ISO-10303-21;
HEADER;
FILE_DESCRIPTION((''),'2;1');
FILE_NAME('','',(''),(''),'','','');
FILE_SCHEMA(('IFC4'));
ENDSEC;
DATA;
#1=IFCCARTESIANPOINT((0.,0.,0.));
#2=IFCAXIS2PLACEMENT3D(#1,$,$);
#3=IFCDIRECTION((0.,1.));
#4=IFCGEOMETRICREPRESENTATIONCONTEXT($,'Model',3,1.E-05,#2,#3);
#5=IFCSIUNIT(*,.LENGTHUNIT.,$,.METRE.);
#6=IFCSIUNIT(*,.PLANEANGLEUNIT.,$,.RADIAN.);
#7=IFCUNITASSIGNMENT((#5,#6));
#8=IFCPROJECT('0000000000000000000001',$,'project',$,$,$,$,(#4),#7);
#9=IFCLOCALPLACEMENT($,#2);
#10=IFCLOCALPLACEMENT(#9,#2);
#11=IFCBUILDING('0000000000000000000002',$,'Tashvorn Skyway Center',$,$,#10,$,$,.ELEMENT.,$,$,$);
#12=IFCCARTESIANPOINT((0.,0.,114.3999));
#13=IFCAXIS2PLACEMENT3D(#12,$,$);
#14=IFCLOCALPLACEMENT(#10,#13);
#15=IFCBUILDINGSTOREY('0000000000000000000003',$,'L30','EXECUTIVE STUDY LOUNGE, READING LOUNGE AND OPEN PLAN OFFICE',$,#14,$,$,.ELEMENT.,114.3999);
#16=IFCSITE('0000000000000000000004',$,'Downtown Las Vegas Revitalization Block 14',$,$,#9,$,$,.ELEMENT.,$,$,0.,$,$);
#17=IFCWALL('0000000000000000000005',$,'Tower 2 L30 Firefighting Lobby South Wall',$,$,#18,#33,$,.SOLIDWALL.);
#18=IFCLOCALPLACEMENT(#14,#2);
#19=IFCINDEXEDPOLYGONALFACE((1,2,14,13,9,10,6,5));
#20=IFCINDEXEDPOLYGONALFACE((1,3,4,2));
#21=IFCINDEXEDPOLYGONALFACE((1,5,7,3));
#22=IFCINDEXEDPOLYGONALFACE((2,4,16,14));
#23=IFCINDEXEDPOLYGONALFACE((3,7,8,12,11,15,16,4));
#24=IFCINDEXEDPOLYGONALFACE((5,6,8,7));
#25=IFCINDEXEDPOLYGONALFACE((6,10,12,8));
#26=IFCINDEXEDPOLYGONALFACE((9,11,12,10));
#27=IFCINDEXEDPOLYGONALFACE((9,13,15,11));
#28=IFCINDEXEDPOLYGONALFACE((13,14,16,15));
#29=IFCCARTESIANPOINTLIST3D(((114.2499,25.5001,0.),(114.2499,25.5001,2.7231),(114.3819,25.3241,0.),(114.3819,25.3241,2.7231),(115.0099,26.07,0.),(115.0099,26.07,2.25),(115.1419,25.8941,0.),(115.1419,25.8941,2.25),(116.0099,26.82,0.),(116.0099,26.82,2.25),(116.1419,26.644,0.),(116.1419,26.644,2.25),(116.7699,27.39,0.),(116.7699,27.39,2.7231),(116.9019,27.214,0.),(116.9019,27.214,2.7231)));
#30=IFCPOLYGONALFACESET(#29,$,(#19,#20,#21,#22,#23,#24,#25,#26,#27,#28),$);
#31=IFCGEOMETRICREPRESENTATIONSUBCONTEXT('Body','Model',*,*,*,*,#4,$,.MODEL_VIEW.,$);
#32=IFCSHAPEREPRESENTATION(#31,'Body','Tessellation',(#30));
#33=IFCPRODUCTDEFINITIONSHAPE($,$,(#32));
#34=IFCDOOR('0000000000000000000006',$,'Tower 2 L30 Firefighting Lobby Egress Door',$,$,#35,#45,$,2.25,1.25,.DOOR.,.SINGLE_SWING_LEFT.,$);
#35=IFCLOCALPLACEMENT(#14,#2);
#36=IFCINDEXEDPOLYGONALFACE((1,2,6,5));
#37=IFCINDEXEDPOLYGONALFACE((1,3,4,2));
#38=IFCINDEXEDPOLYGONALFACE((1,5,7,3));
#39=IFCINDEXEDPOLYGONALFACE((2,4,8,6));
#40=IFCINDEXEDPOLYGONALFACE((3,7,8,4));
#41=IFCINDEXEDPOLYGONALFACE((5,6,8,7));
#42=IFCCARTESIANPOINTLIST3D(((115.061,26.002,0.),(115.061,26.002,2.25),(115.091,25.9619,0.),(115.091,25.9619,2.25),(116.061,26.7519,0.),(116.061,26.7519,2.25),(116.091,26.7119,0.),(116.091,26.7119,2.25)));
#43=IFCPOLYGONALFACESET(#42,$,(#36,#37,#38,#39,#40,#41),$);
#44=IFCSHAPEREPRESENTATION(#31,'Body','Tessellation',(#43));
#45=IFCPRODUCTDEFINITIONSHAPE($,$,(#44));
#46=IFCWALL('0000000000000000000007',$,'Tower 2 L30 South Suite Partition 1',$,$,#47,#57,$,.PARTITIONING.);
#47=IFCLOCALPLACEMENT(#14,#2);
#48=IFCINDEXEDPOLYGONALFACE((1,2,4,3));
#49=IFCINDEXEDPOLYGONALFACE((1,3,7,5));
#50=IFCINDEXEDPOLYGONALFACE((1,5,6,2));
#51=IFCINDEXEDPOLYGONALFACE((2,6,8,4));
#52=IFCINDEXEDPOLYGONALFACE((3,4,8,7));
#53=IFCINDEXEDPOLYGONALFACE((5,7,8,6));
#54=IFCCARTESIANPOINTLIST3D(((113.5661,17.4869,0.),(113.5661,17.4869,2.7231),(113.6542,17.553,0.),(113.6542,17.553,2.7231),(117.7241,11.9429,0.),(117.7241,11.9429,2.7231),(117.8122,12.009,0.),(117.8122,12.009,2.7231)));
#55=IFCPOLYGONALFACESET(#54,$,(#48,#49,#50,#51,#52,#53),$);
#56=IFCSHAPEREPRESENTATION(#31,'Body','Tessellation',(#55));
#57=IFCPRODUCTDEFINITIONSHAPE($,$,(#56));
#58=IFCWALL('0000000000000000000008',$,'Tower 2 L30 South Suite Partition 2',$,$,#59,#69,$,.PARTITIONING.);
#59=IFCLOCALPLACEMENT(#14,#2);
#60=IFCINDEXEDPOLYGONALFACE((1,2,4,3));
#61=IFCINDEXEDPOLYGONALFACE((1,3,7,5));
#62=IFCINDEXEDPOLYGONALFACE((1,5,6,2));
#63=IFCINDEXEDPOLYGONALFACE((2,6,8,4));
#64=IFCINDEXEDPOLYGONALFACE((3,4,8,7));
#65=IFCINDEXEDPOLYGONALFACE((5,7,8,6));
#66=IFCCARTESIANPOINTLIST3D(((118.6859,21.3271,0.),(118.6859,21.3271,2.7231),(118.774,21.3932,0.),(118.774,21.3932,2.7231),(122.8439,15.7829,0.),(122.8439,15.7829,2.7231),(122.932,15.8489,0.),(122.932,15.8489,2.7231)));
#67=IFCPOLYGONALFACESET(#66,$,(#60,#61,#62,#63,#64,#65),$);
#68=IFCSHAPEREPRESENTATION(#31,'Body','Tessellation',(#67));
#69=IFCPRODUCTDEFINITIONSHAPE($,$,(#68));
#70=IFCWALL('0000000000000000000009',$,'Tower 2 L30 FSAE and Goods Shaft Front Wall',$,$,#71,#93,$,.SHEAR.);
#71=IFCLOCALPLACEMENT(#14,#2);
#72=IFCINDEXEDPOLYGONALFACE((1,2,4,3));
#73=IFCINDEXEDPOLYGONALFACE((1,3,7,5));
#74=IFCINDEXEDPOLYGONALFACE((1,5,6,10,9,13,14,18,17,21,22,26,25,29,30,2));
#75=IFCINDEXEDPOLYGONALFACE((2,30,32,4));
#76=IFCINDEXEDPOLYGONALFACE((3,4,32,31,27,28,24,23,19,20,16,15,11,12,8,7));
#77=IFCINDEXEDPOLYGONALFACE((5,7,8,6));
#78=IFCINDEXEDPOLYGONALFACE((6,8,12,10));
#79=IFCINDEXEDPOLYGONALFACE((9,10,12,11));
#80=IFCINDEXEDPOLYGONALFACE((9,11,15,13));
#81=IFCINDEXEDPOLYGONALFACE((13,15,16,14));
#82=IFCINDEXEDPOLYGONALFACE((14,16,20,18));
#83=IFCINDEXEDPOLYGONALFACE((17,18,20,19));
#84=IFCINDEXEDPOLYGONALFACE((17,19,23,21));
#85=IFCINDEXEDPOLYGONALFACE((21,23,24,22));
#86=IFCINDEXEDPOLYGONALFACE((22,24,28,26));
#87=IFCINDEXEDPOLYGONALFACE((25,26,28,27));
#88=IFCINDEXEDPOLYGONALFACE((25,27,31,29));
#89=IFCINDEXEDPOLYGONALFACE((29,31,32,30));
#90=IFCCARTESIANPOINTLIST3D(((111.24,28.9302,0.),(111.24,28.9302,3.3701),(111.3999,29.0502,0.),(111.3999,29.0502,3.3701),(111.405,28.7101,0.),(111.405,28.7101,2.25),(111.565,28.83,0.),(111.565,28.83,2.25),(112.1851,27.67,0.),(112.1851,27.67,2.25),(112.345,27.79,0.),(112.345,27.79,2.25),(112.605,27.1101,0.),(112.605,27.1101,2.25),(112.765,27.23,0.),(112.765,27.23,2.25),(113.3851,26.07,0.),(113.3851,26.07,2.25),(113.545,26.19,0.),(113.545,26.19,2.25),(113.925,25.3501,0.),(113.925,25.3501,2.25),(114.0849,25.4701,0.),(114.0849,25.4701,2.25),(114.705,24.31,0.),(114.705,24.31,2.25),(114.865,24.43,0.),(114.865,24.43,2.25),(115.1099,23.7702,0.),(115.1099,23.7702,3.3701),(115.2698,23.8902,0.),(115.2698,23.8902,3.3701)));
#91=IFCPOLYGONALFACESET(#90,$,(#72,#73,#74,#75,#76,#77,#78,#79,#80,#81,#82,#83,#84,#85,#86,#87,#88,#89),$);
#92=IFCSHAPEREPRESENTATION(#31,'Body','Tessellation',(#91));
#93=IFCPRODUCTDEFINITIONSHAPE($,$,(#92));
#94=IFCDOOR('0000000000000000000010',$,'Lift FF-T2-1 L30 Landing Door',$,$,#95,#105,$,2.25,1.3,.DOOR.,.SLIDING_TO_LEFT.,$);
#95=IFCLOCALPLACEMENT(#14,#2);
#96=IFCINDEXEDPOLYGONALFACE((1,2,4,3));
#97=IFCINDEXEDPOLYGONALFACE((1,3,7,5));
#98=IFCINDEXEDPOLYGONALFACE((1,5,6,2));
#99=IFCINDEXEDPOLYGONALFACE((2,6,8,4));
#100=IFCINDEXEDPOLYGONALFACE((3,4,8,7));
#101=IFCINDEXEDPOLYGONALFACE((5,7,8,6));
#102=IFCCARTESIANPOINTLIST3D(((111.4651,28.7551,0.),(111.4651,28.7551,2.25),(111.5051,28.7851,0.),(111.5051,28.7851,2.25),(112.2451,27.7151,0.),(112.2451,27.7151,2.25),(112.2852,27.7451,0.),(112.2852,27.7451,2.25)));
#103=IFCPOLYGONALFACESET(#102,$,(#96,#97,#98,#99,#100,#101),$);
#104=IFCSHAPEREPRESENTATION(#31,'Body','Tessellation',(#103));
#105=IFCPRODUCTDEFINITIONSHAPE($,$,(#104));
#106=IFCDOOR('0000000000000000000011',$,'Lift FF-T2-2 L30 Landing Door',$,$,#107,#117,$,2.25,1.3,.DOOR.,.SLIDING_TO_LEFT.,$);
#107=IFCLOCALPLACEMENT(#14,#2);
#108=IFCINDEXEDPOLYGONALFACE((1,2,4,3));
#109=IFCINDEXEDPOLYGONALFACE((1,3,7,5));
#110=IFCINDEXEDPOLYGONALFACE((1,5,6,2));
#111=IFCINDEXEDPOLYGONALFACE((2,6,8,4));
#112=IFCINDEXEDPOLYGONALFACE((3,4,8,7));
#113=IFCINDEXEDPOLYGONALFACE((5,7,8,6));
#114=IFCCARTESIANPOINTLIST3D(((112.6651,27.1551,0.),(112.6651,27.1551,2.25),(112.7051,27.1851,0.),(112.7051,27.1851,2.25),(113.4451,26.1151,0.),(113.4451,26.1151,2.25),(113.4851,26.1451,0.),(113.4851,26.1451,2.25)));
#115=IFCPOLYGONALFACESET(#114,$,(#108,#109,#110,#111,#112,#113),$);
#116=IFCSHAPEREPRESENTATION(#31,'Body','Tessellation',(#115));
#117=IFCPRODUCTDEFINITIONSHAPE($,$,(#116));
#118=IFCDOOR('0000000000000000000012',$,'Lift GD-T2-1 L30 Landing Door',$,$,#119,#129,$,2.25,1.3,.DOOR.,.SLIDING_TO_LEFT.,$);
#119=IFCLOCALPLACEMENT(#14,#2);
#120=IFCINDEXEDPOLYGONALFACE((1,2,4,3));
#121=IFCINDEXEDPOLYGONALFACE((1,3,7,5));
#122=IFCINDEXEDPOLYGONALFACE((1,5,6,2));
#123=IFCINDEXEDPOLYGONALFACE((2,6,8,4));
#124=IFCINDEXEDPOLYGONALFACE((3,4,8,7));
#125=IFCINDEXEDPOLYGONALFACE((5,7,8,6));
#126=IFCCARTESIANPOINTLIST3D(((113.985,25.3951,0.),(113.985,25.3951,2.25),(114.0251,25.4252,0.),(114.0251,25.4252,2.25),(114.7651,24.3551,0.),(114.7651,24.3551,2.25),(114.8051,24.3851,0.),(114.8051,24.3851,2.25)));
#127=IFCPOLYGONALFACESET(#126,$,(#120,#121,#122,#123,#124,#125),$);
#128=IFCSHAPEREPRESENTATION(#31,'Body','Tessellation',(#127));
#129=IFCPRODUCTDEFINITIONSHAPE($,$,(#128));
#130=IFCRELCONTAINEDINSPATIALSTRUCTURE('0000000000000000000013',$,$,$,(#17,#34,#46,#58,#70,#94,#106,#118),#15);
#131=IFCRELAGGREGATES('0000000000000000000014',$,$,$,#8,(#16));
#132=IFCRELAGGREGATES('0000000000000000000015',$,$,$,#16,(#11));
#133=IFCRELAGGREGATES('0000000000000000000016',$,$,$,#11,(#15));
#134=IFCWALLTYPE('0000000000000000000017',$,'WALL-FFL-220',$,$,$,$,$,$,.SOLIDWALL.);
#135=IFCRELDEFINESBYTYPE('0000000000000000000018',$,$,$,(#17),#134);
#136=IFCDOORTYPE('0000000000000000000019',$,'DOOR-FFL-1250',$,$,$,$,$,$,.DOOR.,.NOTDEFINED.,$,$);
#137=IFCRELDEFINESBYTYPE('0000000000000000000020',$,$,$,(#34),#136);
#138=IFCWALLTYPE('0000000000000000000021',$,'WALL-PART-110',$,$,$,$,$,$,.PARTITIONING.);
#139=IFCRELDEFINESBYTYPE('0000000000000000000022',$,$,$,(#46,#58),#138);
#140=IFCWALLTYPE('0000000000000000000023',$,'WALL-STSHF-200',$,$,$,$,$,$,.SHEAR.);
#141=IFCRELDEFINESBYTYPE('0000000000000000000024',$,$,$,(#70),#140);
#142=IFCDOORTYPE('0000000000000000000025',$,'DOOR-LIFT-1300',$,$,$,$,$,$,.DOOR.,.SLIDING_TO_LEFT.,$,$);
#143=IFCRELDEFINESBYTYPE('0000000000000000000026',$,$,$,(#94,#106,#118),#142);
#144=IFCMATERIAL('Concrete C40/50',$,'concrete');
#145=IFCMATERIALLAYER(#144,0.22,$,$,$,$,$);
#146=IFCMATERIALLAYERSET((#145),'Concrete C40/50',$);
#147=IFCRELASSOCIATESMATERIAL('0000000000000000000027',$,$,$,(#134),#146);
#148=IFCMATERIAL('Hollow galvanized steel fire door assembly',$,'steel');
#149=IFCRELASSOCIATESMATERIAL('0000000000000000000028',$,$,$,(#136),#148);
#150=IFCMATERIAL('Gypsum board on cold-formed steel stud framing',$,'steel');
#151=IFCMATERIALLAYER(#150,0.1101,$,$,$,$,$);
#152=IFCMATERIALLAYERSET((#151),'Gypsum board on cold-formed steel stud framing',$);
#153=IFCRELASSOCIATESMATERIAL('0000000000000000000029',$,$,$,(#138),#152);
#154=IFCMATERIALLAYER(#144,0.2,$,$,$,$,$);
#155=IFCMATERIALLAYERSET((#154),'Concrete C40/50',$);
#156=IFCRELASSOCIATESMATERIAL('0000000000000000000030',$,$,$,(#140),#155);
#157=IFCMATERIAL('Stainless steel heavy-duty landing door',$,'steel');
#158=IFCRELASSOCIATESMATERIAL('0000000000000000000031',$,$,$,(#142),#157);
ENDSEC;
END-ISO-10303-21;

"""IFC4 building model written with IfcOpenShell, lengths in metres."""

from ifc_helpers import new_model, si_unit, direction, frame, frame_2d, origin, place, context, subcontext, project, spatial, rectangle, extrude, material, layer, layer_set, type_object, element, fill, save


model = new_model("IFC4")

# Units and contexts
model_context = context("Model", 3, precision=1e-05, world=origin(), true_north=direction((0.0, 1.0)))
body_context = subcontext(model_context, "Body", "Model", "MODEL_VIEW")
ifc_project = project(units=[si_unit("LENGTHUNIT", "METRE"), si_unit("PLANEANGLEUNIT", "RADIAN")], contexts=[model_context])

# Site, building, storey
site_placement = place(None, origin())
site = spatial("IfcSite", under=ifc_project, at=site_placement, Name="Downtown Las Vegas Revitalization Block 14", CompositionType="ELEMENT", RefElevation=0.0)
building_placement = place(site_placement, origin())
building = spatial("IfcBuilding", under=site, at=building_placement, Name="Tashvorn Skyway Center", CompositionType="ELEMENT")
storey_placement = place(building_placement, frame((0.0, 0.0, 114.3999)))
storey = spatial("IfcBuildingStorey", under=building, at=storey_placement, Name="L30", Description="EXECUTIVE STUDY LOUNGE, READING LOUNGE AND OPEN PLAN OFFICE", CompositionType="ELEMENT", Elevation=114.3999)

# Wall, opening, door
ifc_material_1 = material(Name="Concrete C40/50", Category="concrete")
ifc_layer_1 = layer(ifc_material_1, 0.22)
ifc_layer_set_1 = layer_set([ifc_layer_1], Name="Concrete C40/50")
wall_type_1 = type_object("IfcWallType", Name="WALL-FFL-220", PredefinedType="SOLIDWALL", material=ifc_layer_set_1)
wall_1_placement = place(storey_placement, frame((114.3159, 25.4121, 0.0), z_axis=(0.0, 0.0, 1.0), x_axis=(0.800019, 0.599975, 0.0)))
wall_1 = element("IfcWall", 1, at=wall_1_placement, inside=storey, type_object=wall_type_1, Name="Tower 2 L30 Firefighting Lobby South Wall", PredefinedType="SOLIDWALL", context=body_context, shape_type="SweptSolid", body=[
    extrude(rectangle(XDim=3.1499, YDim=0.22, at=frame_2d((1.575, 0.0))), origin(), (0.0, 0.0, 1.0), 2.7231),
])
opening_1_placement = place(wall_1_placement, frame((0.95, 0.0, 0.0)))
opening_1 = element("IfcOpeningElement", 2, at=opening_1_placement, cuts=wall_1, PredefinedType="OPENING", context=body_context, shape_type="SweptSolid", body=[
    extrude(rectangle(XDim=1.25, YDim=2.25, at=frame_2d((0.625, 1.125))), frame((0.0, 0.1199, 0.0), z_axis=(0.0, -1.0, 0.0), x_axis=(1.0, 0.0, 0.0)), (0.0, 0.0, 1.0), 0.24),
])
ifc_material_2 = material(Name="Hollow galvanized steel fire door assembly", Category="steel")
door_type_1 = type_object("IfcDoorType", Name="DOOR-FFL-1250", OperationType="NOTDEFINED", PredefinedType="DOOR", material=ifc_material_2)
door_1_placement = place(opening_1_placement, origin())
door_1 = element("IfcDoor", 3, at=door_1_placement, inside=storey, type_object=door_type_1, Name="Tower 2 L30 Firefighting Lobby Egress Door", OperationType="SINGLE_SWING_LEFT", OverallHeight=2.25, OverallWidth=1.25, PredefinedType="DOOR", context=body_context, shape_type="SweptSolid", body=[
    extrude(rectangle(XDim=1.25, YDim=2.25, at=frame_2d((0.625, 1.125))), frame((0.0, 0.0249, 0.0), z_axis=(0.0, -1.0, 0.0), x_axis=(1.0, 0.0, 0.0)), (0.0, 0.0, 1.0), 0.05),
])
fill(opening_1, door_1)

# Walls
ifc_material_3 = material(Name="Gypsum board on cold-formed steel stud framing", Category="steel")
ifc_layer_2 = layer(ifc_material_3, 0.1101)
ifc_layer_set_2 = layer_set([ifc_layer_2], Name="Gypsum board on cold-formed steel stud framing")
wall_type_2 = type_object("IfcWallType", Name="WALL-PART-110", PredefinedType="PARTITIONING", material=ifc_layer_set_2)
wall_2_placement = place(storey_placement, frame((117.7681, 11.9761, 0.0), z_axis=(0.0, 0.0, 1.0), x_axis=(-0.6, 0.8, 0.0)))
element("IfcWall", 4, at=wall_2_placement, inside=storey, type_object=wall_type_2, Name="Tower 2 L30 South Suite Partition 1", PredefinedType="PARTITIONING", context=body_context, shape_type="SweptSolid", body=[
    extrude(rectangle(XDim=6.9299, YDim=0.1101, at=frame_2d((3.4648, 0.0))), origin(), (0.0, 0.0, 1.0), 2.7231),
])
wall_3_placement = place(storey_placement, frame((122.8879, 15.8159, 0.0), z_axis=(0.0, 0.0, 1.0), x_axis=(-0.599983, 0.800013, 0.0)))
element("IfcWall", 5, at=wall_3_placement, inside=storey, type_object=wall_type_2, Name="Tower 2 L30 South Suite Partition 2", PredefinedType="PARTITIONING", context=body_context, shape_type="SweptSolid", body=[
    extrude(rectangle(XDim=6.9302, YDim=0.1101, at=frame_2d((3.4651, 0.0))), origin(), (0.0, 0.0, 1.0), 2.7231),
])

# Wall, openings, doors
ifc_layer_3 = layer(ifc_material_1, 0.2)
ifc_layer_set_3 = layer_set([ifc_layer_3], Name="Concrete C40/50")
wall_type_3 = type_object("IfcWallType", Name="WALL-STSHF-200", PredefinedType="SHEAR", material=ifc_layer_set_3)
wall_4_placement = place(storey_placement, frame((115.1899, 23.8301, 0.0), z_axis=(0.0, 0.0, 1.0), x_axis=(-0.599994, 0.800005, 0.0)))
wall_4 = element("IfcWall", 6, at=wall_4_placement, inside=storey, type_object=wall_type_3, Name="Tower 2 L30 FSAE and Goods Shaft Front Wall", PredefinedType="SHEAR", context=body_context, shape_type="SweptSolid", body=[
    extrude(rectangle(XDim=6.45, YDim=0.2, at=frame_2d((3.2251, 0.0))), origin(), (0.0, 0.0, 1.0), 3.3701),
])
opening_2_placement = place(wall_4_placement, frame((4.875, 0.0, 0.0)))
opening_2 = element("IfcOpeningElement", 7, at=opening_2_placement, cuts=wall_4, PredefinedType="OPENING", context=body_context, shape_type="SweptSolid", body=[
    extrude(rectangle(XDim=1.3, YDim=2.25, at=frame_2d((0.6499, 1.125))), frame((0.0, 0.1099, 0.0), z_axis=(0.0, -1.0, 0.0), x_axis=(1.0, 0.0, 0.0)), (0.0, 0.0, 1.0), 0.22),
])
opening_3_placement = place(wall_4_placement, frame((2.875, 0.0, 0.0)))
opening_3 = element("IfcOpeningElement", 8, at=opening_3_placement, cuts=wall_4, PredefinedType="OPENING", context=body_context, shape_type="SweptSolid", body=[
    extrude(rectangle(XDim=1.3, YDim=2.25, at=frame_2d((0.6499, 1.125))), frame((0.0, 0.1099, 0.0), z_axis=(0.0, -1.0, 0.0), x_axis=(1.0, 0.0, 0.0)), (0.0, 0.0, 1.0), 0.22),
])
opening_4_placement = place(wall_4_placement, frame((0.675, 0.0, 0.0)))
opening_4 = element("IfcOpeningElement", 9, at=opening_4_placement, cuts=wall_4, PredefinedType="OPENING", context=body_context, shape_type="SweptSolid", body=[
    extrude(rectangle(XDim=1.3, YDim=2.25, at=frame_2d((0.6499, 1.125))), frame((0.0, 0.1099, 0.0), z_axis=(0.0, -1.0, 0.0), x_axis=(1.0, 0.0, 0.0)), (0.0, 0.0, 1.0), 0.22),
])
ifc_material_4 = material(Name="Stainless steel heavy-duty landing door", Category="steel")
door_type_2 = type_object("IfcDoorType", Name="DOOR-LIFT-1300", OperationType="SLIDING_TO_LEFT", PredefinedType="DOOR", material=ifc_material_4)
door_2_placement = place(opening_2_placement, origin())
door_2 = element("IfcDoor", 10, at=door_2_placement, inside=storey, type_object=door_type_2, Name="Lift FF-T2-1 L30 Landing Door", OperationType="SLIDING_TO_LEFT", OverallHeight=2.25, OverallWidth=1.3, PredefinedType="DOOR", context=body_context, shape_type="SweptSolid", body=[
    extrude(rectangle(XDim=1.3, YDim=2.25, at=frame_2d((0.6499, 1.125))), frame((0.0, 0.0249, 0.0), z_axis=(0.0, -1.0, 0.0), x_axis=(1.0, 0.0, 0.0)), (0.0, 0.0, 1.0), 0.05),
])
fill(opening_2, door_2)
door_3_placement = place(opening_3_placement, origin())
door_3 = element("IfcDoor", 11, at=door_3_placement, inside=storey, type_object=door_type_2, Name="Lift FF-T2-2 L30 Landing Door", OperationType="SLIDING_TO_LEFT", OverallHeight=2.25, OverallWidth=1.3, PredefinedType="DOOR", context=body_context, shape_type="SweptSolid", body=[
    extrude(rectangle(XDim=1.3, YDim=2.25, at=frame_2d((0.6499, 1.125))), frame((0.0, 0.0249, 0.0), z_axis=(0.0, -1.0, 0.0), x_axis=(1.0, 0.0, 0.0)), (0.0, 0.0, 1.0), 0.05),
])
fill(opening_3, door_3)
door_4_placement = place(opening_4_placement, origin())
door_4 = element("IfcDoor", 12, at=door_4_placement, inside=storey, type_object=door_type_2, Name="Lift GD-T2-1 L30 Landing Door", OperationType="SLIDING_TO_LEFT", OverallHeight=2.25, OverallWidth=1.3, PredefinedType="DOOR", context=body_context, shape_type="SweptSolid", body=[
    extrude(rectangle(XDim=1.3, YDim=2.25, at=frame_2d((0.6499, 1.125))), frame((0.0, 0.0249, 0.0), z_axis=(0.0, -1.0, 0.0), x_axis=(1.0, 0.0, 0.0)), (0.0, 0.0, 1.0), 0.05),
])
fill(opening_4, door_4)

save(model, "model.ifc")
